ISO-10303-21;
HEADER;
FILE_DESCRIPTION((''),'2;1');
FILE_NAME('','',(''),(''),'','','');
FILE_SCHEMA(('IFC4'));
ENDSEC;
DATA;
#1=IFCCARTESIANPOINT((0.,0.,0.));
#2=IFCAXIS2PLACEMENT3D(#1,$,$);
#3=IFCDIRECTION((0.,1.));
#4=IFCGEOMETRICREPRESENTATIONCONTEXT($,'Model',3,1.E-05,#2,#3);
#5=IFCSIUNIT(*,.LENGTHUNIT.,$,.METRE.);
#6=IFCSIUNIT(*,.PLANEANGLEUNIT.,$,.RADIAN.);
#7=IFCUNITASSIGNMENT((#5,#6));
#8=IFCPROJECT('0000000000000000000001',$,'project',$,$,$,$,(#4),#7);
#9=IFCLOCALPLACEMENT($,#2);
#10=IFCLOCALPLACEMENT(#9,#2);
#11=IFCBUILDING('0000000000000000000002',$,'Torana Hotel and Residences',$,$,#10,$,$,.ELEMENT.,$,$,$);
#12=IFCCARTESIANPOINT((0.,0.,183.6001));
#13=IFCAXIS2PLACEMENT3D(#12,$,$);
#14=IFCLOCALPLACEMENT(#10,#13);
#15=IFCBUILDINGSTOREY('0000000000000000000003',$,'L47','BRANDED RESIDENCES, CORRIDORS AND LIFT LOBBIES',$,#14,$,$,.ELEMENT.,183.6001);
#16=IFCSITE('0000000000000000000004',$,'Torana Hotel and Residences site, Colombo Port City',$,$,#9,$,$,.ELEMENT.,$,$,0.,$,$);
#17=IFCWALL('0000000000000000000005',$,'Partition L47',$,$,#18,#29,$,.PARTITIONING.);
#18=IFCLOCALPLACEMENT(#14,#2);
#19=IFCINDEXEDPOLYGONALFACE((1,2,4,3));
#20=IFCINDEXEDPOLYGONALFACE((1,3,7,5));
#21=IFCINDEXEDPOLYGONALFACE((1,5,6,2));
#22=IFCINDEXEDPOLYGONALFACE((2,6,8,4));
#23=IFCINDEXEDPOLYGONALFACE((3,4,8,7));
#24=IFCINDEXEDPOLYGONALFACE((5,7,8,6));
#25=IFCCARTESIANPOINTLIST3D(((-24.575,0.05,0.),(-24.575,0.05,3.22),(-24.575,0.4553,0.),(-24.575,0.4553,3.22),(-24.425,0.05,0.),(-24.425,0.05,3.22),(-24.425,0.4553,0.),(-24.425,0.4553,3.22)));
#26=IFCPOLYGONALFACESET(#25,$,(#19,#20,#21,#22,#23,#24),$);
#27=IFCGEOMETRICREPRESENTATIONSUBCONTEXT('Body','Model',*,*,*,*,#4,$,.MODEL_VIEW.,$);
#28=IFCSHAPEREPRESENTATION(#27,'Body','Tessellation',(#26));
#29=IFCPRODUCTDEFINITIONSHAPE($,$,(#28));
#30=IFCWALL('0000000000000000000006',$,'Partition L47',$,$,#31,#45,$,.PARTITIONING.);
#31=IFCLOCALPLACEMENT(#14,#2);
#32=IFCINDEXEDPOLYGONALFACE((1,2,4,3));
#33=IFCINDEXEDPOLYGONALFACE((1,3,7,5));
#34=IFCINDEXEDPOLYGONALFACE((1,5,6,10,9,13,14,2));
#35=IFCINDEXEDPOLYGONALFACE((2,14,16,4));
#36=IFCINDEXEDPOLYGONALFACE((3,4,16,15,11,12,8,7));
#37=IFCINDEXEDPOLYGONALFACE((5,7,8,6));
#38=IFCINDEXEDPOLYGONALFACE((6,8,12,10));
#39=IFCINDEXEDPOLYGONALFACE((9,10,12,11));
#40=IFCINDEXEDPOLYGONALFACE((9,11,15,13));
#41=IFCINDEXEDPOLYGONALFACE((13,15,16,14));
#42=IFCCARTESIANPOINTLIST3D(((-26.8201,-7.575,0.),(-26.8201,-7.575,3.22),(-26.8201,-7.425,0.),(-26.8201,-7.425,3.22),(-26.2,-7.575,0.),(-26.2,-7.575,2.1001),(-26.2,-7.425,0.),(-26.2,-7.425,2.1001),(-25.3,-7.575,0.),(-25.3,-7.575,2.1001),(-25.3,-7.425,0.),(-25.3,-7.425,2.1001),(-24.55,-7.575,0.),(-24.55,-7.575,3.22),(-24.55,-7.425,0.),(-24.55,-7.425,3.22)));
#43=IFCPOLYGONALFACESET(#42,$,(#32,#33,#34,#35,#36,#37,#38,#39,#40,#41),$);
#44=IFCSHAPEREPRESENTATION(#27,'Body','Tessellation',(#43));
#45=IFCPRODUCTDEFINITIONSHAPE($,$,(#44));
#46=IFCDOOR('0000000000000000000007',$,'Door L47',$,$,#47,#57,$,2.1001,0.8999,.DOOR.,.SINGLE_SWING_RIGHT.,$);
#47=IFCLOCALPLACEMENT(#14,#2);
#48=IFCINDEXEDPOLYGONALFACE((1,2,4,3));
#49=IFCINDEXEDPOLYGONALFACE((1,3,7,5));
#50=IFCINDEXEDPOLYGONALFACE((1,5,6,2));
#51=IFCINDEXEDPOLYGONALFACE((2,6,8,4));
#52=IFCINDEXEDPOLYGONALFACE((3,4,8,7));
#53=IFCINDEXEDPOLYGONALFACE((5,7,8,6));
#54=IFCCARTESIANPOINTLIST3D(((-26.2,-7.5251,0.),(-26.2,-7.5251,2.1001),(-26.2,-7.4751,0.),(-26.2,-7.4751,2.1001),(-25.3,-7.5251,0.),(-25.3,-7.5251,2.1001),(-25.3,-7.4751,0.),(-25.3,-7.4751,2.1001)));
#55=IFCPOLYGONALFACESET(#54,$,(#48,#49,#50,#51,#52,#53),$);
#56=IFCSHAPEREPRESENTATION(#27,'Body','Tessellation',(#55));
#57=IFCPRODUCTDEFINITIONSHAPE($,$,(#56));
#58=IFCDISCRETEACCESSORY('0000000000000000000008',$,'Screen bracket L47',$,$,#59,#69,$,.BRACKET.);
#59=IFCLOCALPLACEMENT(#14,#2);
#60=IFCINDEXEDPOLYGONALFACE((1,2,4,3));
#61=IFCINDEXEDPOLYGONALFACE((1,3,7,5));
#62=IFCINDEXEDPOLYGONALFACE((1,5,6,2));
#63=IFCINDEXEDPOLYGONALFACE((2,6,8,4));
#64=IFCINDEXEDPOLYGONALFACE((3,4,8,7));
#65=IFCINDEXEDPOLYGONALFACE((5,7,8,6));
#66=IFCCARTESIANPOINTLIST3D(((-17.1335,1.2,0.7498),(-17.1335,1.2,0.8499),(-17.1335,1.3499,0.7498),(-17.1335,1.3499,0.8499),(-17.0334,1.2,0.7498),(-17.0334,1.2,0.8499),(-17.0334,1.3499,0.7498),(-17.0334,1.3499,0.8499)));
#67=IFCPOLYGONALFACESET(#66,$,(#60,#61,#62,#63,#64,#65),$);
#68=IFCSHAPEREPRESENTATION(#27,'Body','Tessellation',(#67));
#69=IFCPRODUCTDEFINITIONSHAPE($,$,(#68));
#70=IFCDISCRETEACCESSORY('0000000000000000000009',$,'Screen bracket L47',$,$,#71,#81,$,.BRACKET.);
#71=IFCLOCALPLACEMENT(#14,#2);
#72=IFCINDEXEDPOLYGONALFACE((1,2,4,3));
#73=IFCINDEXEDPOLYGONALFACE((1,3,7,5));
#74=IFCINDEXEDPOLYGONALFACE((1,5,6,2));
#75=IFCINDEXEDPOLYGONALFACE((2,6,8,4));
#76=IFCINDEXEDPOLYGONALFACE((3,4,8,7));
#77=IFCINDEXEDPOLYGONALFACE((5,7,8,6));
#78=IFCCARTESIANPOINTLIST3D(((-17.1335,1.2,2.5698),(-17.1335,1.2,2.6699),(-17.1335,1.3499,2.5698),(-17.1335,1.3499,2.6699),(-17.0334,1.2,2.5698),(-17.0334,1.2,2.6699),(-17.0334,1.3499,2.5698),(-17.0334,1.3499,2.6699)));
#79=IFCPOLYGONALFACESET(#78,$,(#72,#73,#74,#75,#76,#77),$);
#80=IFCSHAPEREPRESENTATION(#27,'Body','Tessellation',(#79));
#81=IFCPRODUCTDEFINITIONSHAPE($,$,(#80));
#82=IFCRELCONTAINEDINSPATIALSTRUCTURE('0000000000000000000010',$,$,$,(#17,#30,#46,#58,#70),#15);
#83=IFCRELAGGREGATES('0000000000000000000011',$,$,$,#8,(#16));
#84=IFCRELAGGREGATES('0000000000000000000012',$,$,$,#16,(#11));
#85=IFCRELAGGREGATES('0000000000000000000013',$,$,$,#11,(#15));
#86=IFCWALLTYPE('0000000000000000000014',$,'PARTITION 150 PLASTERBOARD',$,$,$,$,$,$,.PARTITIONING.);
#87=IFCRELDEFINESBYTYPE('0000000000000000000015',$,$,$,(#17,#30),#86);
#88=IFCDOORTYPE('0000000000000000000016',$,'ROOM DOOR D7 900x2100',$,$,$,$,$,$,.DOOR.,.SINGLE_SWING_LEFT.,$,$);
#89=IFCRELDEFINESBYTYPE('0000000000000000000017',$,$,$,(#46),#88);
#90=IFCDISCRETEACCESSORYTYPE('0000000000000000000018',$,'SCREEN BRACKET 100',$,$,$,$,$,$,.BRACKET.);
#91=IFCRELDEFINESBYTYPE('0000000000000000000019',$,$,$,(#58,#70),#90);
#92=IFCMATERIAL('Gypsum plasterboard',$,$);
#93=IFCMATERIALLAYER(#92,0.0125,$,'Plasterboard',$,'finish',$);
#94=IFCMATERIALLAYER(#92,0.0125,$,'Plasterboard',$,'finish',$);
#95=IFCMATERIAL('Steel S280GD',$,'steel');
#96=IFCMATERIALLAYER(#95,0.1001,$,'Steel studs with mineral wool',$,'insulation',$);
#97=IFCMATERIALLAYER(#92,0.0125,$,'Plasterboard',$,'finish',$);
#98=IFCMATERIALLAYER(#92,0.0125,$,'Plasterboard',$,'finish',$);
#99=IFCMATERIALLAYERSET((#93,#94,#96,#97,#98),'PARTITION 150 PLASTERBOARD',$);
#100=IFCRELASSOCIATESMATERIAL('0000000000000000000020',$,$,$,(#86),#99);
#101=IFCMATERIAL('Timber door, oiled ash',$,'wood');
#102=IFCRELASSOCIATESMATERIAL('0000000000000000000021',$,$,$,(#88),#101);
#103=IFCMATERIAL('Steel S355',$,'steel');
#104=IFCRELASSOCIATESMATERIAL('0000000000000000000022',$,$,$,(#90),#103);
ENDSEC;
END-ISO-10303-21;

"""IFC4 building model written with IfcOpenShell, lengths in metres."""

from ifc_helpers import new_model, si_unit, direction, frame, frame_2d, origin, origin_2d, place, context, subcontext, project, spatial, rectangle, extrude, material, layer, layer_set, type_object, element, fill, save


model = new_model("IFC4")

# Units and contexts
model_context = context("Model", 3, precision=1e-05, world=origin(), true_north=direction((0.0, 1.0)))
body_context = subcontext(model_context, "Body", "Model", "MODEL_VIEW")
ifc_project = project(units=[si_unit("LENGTHUNIT", "METRE"), si_unit("PLANEANGLEUNIT", "RADIAN")], contexts=[model_context])

# Site, building, storey
site_placement = place(None, origin())
site = spatial("IfcSite", under=ifc_project, at=site_placement, Name="Torana Hotel and Residences site, Colombo Port City", CompositionType="ELEMENT", RefElevation=0.0)
building_placement = place(site_placement, origin())
building = spatial("IfcBuilding", under=site, at=building_placement, Name="Torana Hotel and Residences", CompositionType="ELEMENT")
storey_placement = place(building_placement, frame((0.0, 0.0, 183.6001)))
storey = spatial("IfcBuildingStorey", under=building, at=storey_placement, Name="L47", Description="BRANDED RESIDENCES, CORRIDORS AND LIFT LOBBIES", CompositionType="ELEMENT", Elevation=183.6001)

# Shared definitions
ifc_material_1 = material(Name="Steel S280GD", Category="steel")

# Wall
ifc_material_2 = material(Name="Gypsum plasterboard")
ifc_layer_1 = layer(ifc_material_2, 0.0125, Name="Plasterboard", Category="finish")
ifc_layer_2 = layer(ifc_material_2, 0.0125, Name="Plasterboard", Category="finish")
ifc_layer_3 = layer(ifc_material_1, 0.1001, Name="Steel studs with mineral wool", Category="insulation")
ifc_layer_4 = layer(ifc_material_2, 0.0125, Name="Plasterboard", Category="finish")
ifc_layer_5 = layer(ifc_material_2, 0.0125, Name="Plasterboard", Category="finish")
ifc_layer_set_1 = layer_set([ifc_layer_1, ifc_layer_2, ifc_layer_3, ifc_layer_4, ifc_layer_5], Name="PARTITION 150 PLASTERBOARD")
wall_type_1 = type_object("IfcWallType", Name="PARTITION 150 PLASTERBOARD", PredefinedType="PARTITIONING", material=ifc_layer_set_1)
wall_1_placement = place(storey_placement, frame((-24.5, 0.05, 0.0), z_axis=(0.0, 0.0, 1.0), x_axis=(0.0, 1.0, 0.0)))
element("IfcWall", 1, at=wall_1_placement, inside=storey, type_object=wall_type_1, Name="Partition L47", PredefinedType="PARTITIONING", context=body_context, shape_type="SweptSolid", body=[
    extrude(rectangle(XDim=0.4053, YDim=0.1499, at=frame_2d((0.2026, 0.0))), origin(), (0.0, 0.0, 1.0), 3.22),
])

# Wall, opening, door
wall_2_placement = place(storey_placement, frame((-26.8201, -7.5, 0.0), z_axis=(0.0, 0.0, 1.0), x_axis=(1.0, 0.0, 0.0)))
wall_2 = element("IfcWall", 2, at=wall_2_placement, inside=storey, type_object=wall_type_1, Name="Partition L47", PredefinedType="PARTITIONING", context=body_context, shape_type="SweptSolid", body=[
    extrude(rectangle(XDim=2.27, YDim=0.1499, at=frame_2d((1.135, 0.0))), origin(), (0.0, 0.0, 1.0), 3.22),
])
opening_1_placement = place(wall_2_placement, frame((0.6201, 0.0, 0.0)))
opening_1 = element("IfcOpeningElement", 3, at=opening_1_placement, cuts=wall_2, PredefinedType="OPENING", context=body_context, shape_type="SweptSolid", body=[
    extrude(rectangle(XDim=0.8999, YDim=2.1001, at=frame_2d((0.45, 1.05))), frame((0.0, 0.085, 0.0), z_axis=(0.0, -1.0, 0.0), x_axis=(1.0, 0.0, 0.0)), (0.0, 0.0, 1.0), 0.1699),
])
ifc_material_3 = material(Name="Timber door, oiled ash", Category="wood")
door_type_1 = type_object("IfcDoorType", Name="ROOM DOOR D7 900x2100", OperationType="SINGLE_SWING_LEFT", PredefinedType="DOOR", material=ifc_material_3)
door_1_placement = place(opening_1_placement, origin())
door_1 = element("IfcDoor", 4, at=door_1_placement, inside=storey, type_object=door_type_1, Name="Door L47", OperationType="SINGLE_SWING_RIGHT", OverallHeight=2.1001, OverallWidth=0.8999, PredefinedType="DOOR", context=body_context, shape_type="SweptSolid", body=[
    extrude(rectangle(XDim=0.8999, YDim=2.1001, at=frame_2d((0.45, 1.05))), frame((0.0, 0.0249, 0.0), z_axis=(0.0, -1.0, 0.0), x_axis=(1.0, 0.0, 0.0)), (0.0, 0.0, 1.0), 0.05),
])
fill(opening_1, door_1)

# Discrete accessories
ifc_material_4 = material(Name="Steel S355", Category="steel")
discrete_accessory_type = type_object("IfcDiscreteAccessoryType", Name="SCREEN BRACKET 100", PredefinedType="BRACKET", material=ifc_material_4)
for number, where, z_axis, x_axis, name in (
    (5, (-17.0835, 1.2749, 0.7498), (0.0, 0.0, 1.0), (-1.0, 0.0, 0.0), "Screen bracket L47"),
    (6, (-17.0835, 1.2749, 2.5698), (0.0, 0.0, 1.0), (-1.0, 0.0, 0.0), "Screen bracket L47"),
):
    element("IfcDiscreteAccessory", number, at=place(storey_placement, frame(where, z_axis=z_axis, x_axis=x_axis)), inside=storey, type_object=discrete_accessory_type, Name=name, PredefinedType="BRACKET", context=body_context, shape_type="SweptSolid", body=[
        extrude(rectangle(XDim=0.1001, YDim=0.1499, at=origin_2d()), origin(), (0.0, 0.0, 1.0), 0.1001),
    ])

save(model, "model.ifc")
